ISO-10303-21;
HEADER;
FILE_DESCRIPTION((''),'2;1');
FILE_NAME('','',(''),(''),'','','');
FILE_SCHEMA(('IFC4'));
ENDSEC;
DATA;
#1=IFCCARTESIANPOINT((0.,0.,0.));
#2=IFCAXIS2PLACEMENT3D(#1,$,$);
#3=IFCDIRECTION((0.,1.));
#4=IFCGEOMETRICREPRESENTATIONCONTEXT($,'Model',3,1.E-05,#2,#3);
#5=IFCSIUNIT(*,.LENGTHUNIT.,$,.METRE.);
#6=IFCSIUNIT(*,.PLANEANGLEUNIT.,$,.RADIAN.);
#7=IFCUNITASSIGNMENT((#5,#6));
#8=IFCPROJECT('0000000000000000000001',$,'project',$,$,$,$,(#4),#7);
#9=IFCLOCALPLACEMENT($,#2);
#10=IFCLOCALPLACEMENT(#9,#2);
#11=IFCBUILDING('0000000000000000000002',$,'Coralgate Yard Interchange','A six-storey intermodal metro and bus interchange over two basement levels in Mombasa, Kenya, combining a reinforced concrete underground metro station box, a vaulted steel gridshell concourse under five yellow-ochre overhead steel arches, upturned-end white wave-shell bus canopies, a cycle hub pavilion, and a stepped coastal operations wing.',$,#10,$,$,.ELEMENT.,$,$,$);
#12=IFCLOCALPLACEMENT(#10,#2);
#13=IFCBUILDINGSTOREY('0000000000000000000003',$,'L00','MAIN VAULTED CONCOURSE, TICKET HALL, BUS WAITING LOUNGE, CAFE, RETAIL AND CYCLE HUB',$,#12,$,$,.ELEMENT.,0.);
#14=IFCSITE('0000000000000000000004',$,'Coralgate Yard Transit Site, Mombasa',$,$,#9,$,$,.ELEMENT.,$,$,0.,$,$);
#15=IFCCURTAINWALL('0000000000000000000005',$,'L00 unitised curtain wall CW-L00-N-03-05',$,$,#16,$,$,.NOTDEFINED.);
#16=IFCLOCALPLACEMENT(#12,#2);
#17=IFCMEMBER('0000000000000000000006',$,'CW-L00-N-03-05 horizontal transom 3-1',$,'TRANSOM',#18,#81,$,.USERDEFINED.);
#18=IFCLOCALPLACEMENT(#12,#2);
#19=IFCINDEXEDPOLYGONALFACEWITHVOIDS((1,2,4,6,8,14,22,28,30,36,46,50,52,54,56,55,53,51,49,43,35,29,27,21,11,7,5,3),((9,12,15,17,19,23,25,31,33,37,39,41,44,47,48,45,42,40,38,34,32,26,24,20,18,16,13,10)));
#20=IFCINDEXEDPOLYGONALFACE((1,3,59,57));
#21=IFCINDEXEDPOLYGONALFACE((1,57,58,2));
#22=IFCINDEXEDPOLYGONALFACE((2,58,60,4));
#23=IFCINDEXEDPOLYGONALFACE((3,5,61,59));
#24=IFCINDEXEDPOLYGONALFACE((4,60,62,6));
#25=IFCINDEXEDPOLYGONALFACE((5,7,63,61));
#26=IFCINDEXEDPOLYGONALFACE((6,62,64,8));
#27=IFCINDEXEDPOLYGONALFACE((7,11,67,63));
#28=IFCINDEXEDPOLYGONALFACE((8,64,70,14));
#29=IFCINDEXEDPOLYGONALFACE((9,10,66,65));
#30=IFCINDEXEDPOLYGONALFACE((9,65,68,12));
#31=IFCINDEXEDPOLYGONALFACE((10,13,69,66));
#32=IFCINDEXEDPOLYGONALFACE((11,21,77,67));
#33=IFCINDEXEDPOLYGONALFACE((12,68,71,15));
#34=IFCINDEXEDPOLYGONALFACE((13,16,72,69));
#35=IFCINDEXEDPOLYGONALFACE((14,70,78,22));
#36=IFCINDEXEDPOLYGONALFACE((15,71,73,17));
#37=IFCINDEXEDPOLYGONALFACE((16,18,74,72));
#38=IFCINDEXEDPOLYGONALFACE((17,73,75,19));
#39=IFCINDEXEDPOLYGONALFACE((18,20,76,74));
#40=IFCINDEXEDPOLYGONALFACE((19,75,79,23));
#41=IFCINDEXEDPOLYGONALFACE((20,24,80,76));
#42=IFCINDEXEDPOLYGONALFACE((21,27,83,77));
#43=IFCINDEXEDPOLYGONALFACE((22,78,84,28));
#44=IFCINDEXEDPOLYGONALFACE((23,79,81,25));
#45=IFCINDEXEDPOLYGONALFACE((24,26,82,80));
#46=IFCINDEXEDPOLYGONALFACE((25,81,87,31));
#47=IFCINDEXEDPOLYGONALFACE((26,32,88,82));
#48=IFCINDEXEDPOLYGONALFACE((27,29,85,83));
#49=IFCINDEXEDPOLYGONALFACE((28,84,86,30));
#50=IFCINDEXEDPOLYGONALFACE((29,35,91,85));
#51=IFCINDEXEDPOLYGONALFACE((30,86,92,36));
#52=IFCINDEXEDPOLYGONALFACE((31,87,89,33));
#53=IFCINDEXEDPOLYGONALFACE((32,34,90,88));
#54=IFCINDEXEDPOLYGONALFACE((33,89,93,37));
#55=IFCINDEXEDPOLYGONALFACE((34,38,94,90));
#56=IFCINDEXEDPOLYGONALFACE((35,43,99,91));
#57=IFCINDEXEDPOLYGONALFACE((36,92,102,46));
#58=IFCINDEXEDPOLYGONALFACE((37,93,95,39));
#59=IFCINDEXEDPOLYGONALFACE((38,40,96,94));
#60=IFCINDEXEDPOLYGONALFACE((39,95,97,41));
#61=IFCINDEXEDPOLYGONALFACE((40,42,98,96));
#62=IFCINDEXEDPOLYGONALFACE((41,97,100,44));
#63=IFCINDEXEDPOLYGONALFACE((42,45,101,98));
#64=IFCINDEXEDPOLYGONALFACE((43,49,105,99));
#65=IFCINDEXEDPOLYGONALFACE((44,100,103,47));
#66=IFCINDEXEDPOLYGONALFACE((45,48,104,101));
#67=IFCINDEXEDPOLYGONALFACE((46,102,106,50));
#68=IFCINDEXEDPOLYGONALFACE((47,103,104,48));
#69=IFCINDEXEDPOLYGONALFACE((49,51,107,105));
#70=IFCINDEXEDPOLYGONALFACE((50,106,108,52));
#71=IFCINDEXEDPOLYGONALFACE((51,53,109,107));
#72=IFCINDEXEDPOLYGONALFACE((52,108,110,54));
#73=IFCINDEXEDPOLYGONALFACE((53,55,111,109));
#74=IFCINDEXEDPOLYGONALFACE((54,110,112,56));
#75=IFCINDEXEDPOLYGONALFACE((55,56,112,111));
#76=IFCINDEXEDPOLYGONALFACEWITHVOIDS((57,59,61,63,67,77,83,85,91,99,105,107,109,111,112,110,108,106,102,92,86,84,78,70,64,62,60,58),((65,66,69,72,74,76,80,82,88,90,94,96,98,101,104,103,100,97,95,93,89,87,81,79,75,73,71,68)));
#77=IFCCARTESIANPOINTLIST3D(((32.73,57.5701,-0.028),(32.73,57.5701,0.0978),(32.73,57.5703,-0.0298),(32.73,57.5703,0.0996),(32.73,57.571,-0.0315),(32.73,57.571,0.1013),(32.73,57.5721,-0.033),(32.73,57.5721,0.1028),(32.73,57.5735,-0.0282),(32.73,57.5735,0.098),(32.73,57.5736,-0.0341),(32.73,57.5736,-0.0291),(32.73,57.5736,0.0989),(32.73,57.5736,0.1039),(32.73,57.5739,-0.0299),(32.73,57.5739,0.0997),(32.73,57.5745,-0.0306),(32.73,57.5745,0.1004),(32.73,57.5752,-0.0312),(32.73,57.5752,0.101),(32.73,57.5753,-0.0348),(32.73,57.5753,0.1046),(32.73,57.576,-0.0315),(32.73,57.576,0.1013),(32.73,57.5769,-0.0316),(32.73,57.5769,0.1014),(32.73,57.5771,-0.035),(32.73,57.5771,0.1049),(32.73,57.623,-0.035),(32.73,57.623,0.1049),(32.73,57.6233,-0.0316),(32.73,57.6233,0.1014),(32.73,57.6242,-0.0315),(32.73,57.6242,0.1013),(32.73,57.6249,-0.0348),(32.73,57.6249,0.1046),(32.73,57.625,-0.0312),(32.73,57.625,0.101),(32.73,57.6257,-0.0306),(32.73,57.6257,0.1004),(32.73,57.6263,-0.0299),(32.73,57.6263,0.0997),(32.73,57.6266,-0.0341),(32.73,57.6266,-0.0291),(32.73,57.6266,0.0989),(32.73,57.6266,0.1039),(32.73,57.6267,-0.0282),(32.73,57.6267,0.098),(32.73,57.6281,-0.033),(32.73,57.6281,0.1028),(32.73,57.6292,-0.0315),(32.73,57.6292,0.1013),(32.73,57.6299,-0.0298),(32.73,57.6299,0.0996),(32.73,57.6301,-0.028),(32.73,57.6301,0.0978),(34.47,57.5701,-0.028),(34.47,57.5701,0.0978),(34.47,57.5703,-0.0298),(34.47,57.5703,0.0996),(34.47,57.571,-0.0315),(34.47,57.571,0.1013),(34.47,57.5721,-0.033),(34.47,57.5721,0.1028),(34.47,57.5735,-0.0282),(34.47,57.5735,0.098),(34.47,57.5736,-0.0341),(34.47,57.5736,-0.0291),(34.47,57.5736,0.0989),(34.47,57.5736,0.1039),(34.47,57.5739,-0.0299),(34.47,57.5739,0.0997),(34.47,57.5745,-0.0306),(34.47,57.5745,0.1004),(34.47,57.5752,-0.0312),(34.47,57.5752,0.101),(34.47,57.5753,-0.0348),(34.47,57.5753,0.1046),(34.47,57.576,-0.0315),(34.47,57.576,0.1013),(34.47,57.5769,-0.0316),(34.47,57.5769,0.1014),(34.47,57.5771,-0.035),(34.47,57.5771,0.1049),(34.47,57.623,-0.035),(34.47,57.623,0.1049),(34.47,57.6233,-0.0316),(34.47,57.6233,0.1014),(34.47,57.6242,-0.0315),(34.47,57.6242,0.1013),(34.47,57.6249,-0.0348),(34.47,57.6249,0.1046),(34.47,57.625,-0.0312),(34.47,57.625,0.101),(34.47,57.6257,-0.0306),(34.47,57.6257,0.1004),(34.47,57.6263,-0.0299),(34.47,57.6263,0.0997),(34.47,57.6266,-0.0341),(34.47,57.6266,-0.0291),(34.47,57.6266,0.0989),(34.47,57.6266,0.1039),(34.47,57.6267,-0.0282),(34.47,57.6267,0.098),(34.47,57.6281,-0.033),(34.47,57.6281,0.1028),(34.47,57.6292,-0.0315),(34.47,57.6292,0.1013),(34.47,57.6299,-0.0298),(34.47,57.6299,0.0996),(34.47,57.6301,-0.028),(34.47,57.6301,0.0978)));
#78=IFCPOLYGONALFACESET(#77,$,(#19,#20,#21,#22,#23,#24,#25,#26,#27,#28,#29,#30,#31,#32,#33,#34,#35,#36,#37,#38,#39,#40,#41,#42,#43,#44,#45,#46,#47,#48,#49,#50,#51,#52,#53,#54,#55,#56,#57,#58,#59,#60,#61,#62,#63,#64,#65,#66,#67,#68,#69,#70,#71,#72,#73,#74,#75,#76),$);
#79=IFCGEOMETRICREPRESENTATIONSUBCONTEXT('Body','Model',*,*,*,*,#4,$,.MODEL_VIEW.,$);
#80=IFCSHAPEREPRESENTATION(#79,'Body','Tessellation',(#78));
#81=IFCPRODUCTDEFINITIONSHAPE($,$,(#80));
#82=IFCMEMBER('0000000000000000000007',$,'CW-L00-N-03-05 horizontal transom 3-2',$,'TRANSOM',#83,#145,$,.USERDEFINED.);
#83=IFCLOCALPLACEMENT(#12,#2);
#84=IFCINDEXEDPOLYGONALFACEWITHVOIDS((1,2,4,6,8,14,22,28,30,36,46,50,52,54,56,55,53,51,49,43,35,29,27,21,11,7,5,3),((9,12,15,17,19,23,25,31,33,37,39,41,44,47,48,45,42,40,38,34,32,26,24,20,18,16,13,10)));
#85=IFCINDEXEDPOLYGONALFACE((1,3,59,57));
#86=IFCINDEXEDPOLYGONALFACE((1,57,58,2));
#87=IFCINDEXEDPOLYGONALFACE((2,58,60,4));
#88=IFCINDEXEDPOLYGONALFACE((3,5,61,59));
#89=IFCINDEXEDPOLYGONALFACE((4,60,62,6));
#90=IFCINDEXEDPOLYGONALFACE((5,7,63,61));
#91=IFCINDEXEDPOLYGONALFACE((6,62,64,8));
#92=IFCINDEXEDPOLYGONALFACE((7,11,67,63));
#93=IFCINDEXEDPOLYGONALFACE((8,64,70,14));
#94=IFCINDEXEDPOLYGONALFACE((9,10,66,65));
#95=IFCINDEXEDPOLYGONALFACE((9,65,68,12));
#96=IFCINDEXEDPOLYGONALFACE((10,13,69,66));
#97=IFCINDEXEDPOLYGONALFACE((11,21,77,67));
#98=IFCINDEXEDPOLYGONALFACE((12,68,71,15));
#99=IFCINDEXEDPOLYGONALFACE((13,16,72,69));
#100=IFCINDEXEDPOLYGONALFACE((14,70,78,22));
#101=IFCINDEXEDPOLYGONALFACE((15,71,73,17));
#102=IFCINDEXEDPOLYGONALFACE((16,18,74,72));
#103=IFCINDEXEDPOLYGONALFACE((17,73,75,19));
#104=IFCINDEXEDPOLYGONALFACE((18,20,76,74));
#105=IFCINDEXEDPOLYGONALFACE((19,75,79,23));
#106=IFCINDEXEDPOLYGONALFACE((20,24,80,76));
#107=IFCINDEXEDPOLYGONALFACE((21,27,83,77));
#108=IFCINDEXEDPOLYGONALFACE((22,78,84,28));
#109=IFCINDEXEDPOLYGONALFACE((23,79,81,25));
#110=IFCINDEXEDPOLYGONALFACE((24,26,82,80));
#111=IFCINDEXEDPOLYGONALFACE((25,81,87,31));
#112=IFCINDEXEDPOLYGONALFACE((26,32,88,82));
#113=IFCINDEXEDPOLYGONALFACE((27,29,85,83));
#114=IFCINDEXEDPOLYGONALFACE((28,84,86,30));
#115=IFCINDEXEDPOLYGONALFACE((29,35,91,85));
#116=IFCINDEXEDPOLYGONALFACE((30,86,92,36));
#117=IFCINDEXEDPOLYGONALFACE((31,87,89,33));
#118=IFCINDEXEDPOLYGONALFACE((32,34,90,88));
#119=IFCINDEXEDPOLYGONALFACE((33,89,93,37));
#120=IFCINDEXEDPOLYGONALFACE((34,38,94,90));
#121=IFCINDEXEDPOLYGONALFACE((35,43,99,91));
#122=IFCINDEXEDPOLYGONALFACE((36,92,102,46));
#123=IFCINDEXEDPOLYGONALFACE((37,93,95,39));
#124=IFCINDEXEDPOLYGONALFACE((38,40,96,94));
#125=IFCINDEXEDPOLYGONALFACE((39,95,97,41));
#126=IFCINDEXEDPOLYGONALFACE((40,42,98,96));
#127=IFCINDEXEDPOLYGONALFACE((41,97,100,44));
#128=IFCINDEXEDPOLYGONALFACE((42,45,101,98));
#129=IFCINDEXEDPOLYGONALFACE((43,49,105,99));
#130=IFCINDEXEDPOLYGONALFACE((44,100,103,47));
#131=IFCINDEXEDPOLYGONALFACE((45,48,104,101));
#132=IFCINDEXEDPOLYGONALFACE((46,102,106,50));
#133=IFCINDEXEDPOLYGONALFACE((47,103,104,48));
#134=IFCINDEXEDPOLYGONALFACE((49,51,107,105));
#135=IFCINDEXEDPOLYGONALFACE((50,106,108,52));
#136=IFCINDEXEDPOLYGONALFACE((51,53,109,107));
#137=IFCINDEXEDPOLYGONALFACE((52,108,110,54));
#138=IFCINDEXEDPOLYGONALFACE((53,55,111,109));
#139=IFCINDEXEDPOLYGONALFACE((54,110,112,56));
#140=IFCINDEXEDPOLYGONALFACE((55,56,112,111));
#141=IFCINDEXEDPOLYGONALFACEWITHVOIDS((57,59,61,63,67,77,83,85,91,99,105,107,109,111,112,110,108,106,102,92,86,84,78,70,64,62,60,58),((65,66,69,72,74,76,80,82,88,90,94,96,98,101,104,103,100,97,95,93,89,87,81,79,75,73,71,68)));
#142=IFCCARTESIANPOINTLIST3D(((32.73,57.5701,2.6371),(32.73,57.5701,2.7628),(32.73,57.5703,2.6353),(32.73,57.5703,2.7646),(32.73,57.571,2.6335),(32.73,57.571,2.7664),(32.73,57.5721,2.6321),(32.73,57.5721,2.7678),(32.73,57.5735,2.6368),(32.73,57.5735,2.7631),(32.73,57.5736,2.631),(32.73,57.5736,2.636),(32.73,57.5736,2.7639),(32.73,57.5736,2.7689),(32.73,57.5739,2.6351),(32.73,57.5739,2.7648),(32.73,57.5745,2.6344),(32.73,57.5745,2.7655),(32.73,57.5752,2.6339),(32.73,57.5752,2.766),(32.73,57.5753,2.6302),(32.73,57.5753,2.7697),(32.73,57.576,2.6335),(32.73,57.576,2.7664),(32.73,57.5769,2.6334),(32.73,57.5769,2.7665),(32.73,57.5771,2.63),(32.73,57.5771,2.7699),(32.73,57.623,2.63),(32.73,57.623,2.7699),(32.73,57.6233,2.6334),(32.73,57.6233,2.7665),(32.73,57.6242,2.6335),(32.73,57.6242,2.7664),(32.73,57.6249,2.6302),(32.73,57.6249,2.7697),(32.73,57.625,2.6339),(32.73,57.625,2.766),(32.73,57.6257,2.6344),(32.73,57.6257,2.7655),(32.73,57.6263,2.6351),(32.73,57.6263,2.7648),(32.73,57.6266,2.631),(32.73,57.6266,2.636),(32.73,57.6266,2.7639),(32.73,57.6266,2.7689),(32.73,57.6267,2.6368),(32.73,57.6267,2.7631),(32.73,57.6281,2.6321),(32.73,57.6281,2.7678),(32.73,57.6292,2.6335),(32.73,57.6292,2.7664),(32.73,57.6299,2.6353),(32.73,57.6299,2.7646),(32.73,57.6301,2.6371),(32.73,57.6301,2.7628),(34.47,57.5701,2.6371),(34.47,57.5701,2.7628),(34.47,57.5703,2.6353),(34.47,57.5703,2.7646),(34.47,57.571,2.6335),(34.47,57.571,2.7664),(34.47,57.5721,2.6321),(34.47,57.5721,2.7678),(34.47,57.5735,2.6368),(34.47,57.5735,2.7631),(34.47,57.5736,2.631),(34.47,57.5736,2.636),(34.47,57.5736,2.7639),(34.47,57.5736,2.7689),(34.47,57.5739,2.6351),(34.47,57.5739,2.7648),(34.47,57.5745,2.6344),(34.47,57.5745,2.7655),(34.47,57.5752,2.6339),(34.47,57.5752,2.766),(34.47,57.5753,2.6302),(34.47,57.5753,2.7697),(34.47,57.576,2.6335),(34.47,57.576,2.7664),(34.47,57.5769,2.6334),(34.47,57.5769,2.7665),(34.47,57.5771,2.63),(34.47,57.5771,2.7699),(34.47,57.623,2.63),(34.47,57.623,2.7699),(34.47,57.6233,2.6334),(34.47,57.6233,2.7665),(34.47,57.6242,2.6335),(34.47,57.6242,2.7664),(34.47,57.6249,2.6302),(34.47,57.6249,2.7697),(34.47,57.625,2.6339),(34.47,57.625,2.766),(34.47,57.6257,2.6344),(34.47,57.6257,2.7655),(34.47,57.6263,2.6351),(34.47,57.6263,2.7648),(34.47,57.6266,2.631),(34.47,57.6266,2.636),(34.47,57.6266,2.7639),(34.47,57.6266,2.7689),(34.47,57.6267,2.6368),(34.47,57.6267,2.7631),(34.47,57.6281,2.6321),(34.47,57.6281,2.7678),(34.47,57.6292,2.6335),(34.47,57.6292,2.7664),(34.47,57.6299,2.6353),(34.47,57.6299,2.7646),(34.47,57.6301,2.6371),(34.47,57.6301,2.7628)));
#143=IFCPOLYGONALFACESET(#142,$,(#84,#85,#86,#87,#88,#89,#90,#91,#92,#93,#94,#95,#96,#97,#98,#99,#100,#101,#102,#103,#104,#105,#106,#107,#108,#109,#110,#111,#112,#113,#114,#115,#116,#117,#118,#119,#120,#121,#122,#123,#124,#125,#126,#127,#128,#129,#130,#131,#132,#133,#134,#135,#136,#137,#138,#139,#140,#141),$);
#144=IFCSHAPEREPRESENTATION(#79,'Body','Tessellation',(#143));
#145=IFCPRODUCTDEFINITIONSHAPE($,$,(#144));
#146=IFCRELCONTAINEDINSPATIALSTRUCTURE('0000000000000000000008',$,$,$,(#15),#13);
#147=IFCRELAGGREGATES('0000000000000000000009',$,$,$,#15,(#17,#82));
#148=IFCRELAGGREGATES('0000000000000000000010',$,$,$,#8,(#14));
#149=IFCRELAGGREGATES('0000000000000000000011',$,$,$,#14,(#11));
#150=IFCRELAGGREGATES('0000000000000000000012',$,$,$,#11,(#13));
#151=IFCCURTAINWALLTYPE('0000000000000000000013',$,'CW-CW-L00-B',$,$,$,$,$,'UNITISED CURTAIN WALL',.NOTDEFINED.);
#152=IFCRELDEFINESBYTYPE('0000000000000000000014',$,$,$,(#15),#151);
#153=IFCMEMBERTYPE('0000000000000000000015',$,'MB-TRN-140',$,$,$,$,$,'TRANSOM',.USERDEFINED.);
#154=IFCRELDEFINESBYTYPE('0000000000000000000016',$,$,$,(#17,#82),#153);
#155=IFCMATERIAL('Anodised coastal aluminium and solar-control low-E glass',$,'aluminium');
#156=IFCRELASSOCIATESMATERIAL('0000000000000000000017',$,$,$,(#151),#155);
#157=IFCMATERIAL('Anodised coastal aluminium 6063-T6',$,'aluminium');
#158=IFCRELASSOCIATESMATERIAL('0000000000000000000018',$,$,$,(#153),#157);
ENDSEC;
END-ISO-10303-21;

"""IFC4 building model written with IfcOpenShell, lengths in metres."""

from ifc_helpers import new_model, si_unit, direction, frame, origin, origin_2d, place, context, subcontext, project, spatial, hollow_rectangle, extrude, material, material_profile, profile_set, type_object, element, aggregate, save


model = new_model("IFC4")

# Units and contexts
model_context = context("Model", 3, precision=1e-05, world=origin(), true_north=direction((0.0, 1.0)))
body_context = subcontext(model_context, "Body", "Model", "MODEL_VIEW")
ifc_project = project(units=[si_unit("LENGTHUNIT", "METRE"), si_unit("PLANEANGLEUNIT", "RADIAN")], contexts=[model_context])

# Site, building, storey
site_placement = place(None, origin())
site = spatial("IfcSite", under=ifc_project, at=site_placement, Name="Coralgate Yard Transit Site, Mombasa", CompositionType="ELEMENT", RefElevation=0.0)
building_placement = place(site_placement, origin())
building = spatial("IfcBuilding", under=site, at=building_placement, Name="Coralgate Yard Interchange", Description="A six-storey intermodal metro and bus interchange over two basement levels in Mombasa, Kenya, combining a reinforced concrete underground metro station box, a vaulted steel gridshell concourse under five yellow-ochre overhead steel arches, upturned-end white wave-shell bus canopies, a cycle hub pavilion, and a stepped coastal operations wing.", CompositionType="ELEMENT")
storey_placement = place(building_placement, origin())
storey = spatial("IfcBuildingStorey", under=building, at=storey_placement, Name="L00", Description="MAIN VAULTED CONCOURSE, TICKET HALL, BUS WAITING LOUNGE, CAFE, RETAIL AND CYCLE HUB", CompositionType="ELEMENT", Elevation=0.0)

# Curtain wall, members
ifc_material_1 = material(Name="Anodised coastal aluminium and solar-control low-E glass", Category="aluminium")
curtain_wall_type = type_object("IfcCurtainWallType", Name="CW-CW-L00-B", ElementType="UNITISED CURTAIN WALL", PredefinedType="NOTDEFINED", material=ifc_material_1)
curtain_wall_placement = place(storey_placement, origin())
curtain_wall = element("IfcCurtainWall", 1, at=curtain_wall_placement, inside=storey, type_object=curtain_wall_type, Name="L00 unitised curtain wall CW-L00-N-03-05", PredefinedType="NOTDEFINED")
ifc_material_2 = material(Name="Anodised coastal aluminium 6063-T6", Category="aluminium")
ifc_material_profile_1 = material_profile(ifc_material_2, hollow_rectangle(XDim=0.0601, YDim=0.1399, WallThickness=0.0034, InnerFilletRadius=0.0034, OuterFilletRadius=0.0071, at=origin_2d()), Name="ALU 60x140x3.5")
ifc_profile_set_1 = profile_set([ifc_material_profile_1], Name="Anodised coastal aluminium 6063-T6")
member_type_1 = type_object("IfcMemberType", Name="MB-TRN-140", ElementType="TRANSOM", PredefinedType="USERDEFINED", material=ifc_profile_set_1)
member_1_placement = place(storey_placement, frame((32.73, 57.6001, 0.0349), z_axis=(1.0, 0.0, 0.0), x_axis=(0.0, 1.0, 0.0)))
member_1 = element("IfcMember", 2, at=member_1_placement, type_object=member_type_1, Name="CW-L00-N-03-05 horizontal transom 3-1", ObjectType="TRANSOM", PredefinedType="USERDEFINED", context=body_context, shape_type="SweptSolid", body=[
    extrude(hollow_rectangle(XDim=0.0601, YDim=0.1399, WallThickness=0.0034, InnerFilletRadius=0.0034, OuterFilletRadius=0.0071, at=origin_2d()), origin(), (0.0, 0.0, 1.0), 1.74),
])
member_2_placement = place(storey_placement, frame((32.73, 57.6001, 2.7), z_axis=(1.0, 0.0, 0.0), x_axis=(0.0, 1.0, 0.0)))
member_2 = element("IfcMember", 3, at=member_2_placement, type_object=member_type_1, Name="CW-L00-N-03-05 horizontal transom 3-2", ObjectType="TRANSOM", PredefinedType="USERDEFINED", context=body_context, shape_type="SweptSolid", body=[
    extrude(hollow_rectangle(XDim=0.0601, YDim=0.1399, WallThickness=0.0034, InnerFilletRadius=0.0034, OuterFilletRadius=0.0071, at=origin_2d()), origin(), (0.0, 0.0, 1.0), 1.74),
])
aggregate(curtain_wall, [member_1, member_2])

save(model, "model.ifc")
